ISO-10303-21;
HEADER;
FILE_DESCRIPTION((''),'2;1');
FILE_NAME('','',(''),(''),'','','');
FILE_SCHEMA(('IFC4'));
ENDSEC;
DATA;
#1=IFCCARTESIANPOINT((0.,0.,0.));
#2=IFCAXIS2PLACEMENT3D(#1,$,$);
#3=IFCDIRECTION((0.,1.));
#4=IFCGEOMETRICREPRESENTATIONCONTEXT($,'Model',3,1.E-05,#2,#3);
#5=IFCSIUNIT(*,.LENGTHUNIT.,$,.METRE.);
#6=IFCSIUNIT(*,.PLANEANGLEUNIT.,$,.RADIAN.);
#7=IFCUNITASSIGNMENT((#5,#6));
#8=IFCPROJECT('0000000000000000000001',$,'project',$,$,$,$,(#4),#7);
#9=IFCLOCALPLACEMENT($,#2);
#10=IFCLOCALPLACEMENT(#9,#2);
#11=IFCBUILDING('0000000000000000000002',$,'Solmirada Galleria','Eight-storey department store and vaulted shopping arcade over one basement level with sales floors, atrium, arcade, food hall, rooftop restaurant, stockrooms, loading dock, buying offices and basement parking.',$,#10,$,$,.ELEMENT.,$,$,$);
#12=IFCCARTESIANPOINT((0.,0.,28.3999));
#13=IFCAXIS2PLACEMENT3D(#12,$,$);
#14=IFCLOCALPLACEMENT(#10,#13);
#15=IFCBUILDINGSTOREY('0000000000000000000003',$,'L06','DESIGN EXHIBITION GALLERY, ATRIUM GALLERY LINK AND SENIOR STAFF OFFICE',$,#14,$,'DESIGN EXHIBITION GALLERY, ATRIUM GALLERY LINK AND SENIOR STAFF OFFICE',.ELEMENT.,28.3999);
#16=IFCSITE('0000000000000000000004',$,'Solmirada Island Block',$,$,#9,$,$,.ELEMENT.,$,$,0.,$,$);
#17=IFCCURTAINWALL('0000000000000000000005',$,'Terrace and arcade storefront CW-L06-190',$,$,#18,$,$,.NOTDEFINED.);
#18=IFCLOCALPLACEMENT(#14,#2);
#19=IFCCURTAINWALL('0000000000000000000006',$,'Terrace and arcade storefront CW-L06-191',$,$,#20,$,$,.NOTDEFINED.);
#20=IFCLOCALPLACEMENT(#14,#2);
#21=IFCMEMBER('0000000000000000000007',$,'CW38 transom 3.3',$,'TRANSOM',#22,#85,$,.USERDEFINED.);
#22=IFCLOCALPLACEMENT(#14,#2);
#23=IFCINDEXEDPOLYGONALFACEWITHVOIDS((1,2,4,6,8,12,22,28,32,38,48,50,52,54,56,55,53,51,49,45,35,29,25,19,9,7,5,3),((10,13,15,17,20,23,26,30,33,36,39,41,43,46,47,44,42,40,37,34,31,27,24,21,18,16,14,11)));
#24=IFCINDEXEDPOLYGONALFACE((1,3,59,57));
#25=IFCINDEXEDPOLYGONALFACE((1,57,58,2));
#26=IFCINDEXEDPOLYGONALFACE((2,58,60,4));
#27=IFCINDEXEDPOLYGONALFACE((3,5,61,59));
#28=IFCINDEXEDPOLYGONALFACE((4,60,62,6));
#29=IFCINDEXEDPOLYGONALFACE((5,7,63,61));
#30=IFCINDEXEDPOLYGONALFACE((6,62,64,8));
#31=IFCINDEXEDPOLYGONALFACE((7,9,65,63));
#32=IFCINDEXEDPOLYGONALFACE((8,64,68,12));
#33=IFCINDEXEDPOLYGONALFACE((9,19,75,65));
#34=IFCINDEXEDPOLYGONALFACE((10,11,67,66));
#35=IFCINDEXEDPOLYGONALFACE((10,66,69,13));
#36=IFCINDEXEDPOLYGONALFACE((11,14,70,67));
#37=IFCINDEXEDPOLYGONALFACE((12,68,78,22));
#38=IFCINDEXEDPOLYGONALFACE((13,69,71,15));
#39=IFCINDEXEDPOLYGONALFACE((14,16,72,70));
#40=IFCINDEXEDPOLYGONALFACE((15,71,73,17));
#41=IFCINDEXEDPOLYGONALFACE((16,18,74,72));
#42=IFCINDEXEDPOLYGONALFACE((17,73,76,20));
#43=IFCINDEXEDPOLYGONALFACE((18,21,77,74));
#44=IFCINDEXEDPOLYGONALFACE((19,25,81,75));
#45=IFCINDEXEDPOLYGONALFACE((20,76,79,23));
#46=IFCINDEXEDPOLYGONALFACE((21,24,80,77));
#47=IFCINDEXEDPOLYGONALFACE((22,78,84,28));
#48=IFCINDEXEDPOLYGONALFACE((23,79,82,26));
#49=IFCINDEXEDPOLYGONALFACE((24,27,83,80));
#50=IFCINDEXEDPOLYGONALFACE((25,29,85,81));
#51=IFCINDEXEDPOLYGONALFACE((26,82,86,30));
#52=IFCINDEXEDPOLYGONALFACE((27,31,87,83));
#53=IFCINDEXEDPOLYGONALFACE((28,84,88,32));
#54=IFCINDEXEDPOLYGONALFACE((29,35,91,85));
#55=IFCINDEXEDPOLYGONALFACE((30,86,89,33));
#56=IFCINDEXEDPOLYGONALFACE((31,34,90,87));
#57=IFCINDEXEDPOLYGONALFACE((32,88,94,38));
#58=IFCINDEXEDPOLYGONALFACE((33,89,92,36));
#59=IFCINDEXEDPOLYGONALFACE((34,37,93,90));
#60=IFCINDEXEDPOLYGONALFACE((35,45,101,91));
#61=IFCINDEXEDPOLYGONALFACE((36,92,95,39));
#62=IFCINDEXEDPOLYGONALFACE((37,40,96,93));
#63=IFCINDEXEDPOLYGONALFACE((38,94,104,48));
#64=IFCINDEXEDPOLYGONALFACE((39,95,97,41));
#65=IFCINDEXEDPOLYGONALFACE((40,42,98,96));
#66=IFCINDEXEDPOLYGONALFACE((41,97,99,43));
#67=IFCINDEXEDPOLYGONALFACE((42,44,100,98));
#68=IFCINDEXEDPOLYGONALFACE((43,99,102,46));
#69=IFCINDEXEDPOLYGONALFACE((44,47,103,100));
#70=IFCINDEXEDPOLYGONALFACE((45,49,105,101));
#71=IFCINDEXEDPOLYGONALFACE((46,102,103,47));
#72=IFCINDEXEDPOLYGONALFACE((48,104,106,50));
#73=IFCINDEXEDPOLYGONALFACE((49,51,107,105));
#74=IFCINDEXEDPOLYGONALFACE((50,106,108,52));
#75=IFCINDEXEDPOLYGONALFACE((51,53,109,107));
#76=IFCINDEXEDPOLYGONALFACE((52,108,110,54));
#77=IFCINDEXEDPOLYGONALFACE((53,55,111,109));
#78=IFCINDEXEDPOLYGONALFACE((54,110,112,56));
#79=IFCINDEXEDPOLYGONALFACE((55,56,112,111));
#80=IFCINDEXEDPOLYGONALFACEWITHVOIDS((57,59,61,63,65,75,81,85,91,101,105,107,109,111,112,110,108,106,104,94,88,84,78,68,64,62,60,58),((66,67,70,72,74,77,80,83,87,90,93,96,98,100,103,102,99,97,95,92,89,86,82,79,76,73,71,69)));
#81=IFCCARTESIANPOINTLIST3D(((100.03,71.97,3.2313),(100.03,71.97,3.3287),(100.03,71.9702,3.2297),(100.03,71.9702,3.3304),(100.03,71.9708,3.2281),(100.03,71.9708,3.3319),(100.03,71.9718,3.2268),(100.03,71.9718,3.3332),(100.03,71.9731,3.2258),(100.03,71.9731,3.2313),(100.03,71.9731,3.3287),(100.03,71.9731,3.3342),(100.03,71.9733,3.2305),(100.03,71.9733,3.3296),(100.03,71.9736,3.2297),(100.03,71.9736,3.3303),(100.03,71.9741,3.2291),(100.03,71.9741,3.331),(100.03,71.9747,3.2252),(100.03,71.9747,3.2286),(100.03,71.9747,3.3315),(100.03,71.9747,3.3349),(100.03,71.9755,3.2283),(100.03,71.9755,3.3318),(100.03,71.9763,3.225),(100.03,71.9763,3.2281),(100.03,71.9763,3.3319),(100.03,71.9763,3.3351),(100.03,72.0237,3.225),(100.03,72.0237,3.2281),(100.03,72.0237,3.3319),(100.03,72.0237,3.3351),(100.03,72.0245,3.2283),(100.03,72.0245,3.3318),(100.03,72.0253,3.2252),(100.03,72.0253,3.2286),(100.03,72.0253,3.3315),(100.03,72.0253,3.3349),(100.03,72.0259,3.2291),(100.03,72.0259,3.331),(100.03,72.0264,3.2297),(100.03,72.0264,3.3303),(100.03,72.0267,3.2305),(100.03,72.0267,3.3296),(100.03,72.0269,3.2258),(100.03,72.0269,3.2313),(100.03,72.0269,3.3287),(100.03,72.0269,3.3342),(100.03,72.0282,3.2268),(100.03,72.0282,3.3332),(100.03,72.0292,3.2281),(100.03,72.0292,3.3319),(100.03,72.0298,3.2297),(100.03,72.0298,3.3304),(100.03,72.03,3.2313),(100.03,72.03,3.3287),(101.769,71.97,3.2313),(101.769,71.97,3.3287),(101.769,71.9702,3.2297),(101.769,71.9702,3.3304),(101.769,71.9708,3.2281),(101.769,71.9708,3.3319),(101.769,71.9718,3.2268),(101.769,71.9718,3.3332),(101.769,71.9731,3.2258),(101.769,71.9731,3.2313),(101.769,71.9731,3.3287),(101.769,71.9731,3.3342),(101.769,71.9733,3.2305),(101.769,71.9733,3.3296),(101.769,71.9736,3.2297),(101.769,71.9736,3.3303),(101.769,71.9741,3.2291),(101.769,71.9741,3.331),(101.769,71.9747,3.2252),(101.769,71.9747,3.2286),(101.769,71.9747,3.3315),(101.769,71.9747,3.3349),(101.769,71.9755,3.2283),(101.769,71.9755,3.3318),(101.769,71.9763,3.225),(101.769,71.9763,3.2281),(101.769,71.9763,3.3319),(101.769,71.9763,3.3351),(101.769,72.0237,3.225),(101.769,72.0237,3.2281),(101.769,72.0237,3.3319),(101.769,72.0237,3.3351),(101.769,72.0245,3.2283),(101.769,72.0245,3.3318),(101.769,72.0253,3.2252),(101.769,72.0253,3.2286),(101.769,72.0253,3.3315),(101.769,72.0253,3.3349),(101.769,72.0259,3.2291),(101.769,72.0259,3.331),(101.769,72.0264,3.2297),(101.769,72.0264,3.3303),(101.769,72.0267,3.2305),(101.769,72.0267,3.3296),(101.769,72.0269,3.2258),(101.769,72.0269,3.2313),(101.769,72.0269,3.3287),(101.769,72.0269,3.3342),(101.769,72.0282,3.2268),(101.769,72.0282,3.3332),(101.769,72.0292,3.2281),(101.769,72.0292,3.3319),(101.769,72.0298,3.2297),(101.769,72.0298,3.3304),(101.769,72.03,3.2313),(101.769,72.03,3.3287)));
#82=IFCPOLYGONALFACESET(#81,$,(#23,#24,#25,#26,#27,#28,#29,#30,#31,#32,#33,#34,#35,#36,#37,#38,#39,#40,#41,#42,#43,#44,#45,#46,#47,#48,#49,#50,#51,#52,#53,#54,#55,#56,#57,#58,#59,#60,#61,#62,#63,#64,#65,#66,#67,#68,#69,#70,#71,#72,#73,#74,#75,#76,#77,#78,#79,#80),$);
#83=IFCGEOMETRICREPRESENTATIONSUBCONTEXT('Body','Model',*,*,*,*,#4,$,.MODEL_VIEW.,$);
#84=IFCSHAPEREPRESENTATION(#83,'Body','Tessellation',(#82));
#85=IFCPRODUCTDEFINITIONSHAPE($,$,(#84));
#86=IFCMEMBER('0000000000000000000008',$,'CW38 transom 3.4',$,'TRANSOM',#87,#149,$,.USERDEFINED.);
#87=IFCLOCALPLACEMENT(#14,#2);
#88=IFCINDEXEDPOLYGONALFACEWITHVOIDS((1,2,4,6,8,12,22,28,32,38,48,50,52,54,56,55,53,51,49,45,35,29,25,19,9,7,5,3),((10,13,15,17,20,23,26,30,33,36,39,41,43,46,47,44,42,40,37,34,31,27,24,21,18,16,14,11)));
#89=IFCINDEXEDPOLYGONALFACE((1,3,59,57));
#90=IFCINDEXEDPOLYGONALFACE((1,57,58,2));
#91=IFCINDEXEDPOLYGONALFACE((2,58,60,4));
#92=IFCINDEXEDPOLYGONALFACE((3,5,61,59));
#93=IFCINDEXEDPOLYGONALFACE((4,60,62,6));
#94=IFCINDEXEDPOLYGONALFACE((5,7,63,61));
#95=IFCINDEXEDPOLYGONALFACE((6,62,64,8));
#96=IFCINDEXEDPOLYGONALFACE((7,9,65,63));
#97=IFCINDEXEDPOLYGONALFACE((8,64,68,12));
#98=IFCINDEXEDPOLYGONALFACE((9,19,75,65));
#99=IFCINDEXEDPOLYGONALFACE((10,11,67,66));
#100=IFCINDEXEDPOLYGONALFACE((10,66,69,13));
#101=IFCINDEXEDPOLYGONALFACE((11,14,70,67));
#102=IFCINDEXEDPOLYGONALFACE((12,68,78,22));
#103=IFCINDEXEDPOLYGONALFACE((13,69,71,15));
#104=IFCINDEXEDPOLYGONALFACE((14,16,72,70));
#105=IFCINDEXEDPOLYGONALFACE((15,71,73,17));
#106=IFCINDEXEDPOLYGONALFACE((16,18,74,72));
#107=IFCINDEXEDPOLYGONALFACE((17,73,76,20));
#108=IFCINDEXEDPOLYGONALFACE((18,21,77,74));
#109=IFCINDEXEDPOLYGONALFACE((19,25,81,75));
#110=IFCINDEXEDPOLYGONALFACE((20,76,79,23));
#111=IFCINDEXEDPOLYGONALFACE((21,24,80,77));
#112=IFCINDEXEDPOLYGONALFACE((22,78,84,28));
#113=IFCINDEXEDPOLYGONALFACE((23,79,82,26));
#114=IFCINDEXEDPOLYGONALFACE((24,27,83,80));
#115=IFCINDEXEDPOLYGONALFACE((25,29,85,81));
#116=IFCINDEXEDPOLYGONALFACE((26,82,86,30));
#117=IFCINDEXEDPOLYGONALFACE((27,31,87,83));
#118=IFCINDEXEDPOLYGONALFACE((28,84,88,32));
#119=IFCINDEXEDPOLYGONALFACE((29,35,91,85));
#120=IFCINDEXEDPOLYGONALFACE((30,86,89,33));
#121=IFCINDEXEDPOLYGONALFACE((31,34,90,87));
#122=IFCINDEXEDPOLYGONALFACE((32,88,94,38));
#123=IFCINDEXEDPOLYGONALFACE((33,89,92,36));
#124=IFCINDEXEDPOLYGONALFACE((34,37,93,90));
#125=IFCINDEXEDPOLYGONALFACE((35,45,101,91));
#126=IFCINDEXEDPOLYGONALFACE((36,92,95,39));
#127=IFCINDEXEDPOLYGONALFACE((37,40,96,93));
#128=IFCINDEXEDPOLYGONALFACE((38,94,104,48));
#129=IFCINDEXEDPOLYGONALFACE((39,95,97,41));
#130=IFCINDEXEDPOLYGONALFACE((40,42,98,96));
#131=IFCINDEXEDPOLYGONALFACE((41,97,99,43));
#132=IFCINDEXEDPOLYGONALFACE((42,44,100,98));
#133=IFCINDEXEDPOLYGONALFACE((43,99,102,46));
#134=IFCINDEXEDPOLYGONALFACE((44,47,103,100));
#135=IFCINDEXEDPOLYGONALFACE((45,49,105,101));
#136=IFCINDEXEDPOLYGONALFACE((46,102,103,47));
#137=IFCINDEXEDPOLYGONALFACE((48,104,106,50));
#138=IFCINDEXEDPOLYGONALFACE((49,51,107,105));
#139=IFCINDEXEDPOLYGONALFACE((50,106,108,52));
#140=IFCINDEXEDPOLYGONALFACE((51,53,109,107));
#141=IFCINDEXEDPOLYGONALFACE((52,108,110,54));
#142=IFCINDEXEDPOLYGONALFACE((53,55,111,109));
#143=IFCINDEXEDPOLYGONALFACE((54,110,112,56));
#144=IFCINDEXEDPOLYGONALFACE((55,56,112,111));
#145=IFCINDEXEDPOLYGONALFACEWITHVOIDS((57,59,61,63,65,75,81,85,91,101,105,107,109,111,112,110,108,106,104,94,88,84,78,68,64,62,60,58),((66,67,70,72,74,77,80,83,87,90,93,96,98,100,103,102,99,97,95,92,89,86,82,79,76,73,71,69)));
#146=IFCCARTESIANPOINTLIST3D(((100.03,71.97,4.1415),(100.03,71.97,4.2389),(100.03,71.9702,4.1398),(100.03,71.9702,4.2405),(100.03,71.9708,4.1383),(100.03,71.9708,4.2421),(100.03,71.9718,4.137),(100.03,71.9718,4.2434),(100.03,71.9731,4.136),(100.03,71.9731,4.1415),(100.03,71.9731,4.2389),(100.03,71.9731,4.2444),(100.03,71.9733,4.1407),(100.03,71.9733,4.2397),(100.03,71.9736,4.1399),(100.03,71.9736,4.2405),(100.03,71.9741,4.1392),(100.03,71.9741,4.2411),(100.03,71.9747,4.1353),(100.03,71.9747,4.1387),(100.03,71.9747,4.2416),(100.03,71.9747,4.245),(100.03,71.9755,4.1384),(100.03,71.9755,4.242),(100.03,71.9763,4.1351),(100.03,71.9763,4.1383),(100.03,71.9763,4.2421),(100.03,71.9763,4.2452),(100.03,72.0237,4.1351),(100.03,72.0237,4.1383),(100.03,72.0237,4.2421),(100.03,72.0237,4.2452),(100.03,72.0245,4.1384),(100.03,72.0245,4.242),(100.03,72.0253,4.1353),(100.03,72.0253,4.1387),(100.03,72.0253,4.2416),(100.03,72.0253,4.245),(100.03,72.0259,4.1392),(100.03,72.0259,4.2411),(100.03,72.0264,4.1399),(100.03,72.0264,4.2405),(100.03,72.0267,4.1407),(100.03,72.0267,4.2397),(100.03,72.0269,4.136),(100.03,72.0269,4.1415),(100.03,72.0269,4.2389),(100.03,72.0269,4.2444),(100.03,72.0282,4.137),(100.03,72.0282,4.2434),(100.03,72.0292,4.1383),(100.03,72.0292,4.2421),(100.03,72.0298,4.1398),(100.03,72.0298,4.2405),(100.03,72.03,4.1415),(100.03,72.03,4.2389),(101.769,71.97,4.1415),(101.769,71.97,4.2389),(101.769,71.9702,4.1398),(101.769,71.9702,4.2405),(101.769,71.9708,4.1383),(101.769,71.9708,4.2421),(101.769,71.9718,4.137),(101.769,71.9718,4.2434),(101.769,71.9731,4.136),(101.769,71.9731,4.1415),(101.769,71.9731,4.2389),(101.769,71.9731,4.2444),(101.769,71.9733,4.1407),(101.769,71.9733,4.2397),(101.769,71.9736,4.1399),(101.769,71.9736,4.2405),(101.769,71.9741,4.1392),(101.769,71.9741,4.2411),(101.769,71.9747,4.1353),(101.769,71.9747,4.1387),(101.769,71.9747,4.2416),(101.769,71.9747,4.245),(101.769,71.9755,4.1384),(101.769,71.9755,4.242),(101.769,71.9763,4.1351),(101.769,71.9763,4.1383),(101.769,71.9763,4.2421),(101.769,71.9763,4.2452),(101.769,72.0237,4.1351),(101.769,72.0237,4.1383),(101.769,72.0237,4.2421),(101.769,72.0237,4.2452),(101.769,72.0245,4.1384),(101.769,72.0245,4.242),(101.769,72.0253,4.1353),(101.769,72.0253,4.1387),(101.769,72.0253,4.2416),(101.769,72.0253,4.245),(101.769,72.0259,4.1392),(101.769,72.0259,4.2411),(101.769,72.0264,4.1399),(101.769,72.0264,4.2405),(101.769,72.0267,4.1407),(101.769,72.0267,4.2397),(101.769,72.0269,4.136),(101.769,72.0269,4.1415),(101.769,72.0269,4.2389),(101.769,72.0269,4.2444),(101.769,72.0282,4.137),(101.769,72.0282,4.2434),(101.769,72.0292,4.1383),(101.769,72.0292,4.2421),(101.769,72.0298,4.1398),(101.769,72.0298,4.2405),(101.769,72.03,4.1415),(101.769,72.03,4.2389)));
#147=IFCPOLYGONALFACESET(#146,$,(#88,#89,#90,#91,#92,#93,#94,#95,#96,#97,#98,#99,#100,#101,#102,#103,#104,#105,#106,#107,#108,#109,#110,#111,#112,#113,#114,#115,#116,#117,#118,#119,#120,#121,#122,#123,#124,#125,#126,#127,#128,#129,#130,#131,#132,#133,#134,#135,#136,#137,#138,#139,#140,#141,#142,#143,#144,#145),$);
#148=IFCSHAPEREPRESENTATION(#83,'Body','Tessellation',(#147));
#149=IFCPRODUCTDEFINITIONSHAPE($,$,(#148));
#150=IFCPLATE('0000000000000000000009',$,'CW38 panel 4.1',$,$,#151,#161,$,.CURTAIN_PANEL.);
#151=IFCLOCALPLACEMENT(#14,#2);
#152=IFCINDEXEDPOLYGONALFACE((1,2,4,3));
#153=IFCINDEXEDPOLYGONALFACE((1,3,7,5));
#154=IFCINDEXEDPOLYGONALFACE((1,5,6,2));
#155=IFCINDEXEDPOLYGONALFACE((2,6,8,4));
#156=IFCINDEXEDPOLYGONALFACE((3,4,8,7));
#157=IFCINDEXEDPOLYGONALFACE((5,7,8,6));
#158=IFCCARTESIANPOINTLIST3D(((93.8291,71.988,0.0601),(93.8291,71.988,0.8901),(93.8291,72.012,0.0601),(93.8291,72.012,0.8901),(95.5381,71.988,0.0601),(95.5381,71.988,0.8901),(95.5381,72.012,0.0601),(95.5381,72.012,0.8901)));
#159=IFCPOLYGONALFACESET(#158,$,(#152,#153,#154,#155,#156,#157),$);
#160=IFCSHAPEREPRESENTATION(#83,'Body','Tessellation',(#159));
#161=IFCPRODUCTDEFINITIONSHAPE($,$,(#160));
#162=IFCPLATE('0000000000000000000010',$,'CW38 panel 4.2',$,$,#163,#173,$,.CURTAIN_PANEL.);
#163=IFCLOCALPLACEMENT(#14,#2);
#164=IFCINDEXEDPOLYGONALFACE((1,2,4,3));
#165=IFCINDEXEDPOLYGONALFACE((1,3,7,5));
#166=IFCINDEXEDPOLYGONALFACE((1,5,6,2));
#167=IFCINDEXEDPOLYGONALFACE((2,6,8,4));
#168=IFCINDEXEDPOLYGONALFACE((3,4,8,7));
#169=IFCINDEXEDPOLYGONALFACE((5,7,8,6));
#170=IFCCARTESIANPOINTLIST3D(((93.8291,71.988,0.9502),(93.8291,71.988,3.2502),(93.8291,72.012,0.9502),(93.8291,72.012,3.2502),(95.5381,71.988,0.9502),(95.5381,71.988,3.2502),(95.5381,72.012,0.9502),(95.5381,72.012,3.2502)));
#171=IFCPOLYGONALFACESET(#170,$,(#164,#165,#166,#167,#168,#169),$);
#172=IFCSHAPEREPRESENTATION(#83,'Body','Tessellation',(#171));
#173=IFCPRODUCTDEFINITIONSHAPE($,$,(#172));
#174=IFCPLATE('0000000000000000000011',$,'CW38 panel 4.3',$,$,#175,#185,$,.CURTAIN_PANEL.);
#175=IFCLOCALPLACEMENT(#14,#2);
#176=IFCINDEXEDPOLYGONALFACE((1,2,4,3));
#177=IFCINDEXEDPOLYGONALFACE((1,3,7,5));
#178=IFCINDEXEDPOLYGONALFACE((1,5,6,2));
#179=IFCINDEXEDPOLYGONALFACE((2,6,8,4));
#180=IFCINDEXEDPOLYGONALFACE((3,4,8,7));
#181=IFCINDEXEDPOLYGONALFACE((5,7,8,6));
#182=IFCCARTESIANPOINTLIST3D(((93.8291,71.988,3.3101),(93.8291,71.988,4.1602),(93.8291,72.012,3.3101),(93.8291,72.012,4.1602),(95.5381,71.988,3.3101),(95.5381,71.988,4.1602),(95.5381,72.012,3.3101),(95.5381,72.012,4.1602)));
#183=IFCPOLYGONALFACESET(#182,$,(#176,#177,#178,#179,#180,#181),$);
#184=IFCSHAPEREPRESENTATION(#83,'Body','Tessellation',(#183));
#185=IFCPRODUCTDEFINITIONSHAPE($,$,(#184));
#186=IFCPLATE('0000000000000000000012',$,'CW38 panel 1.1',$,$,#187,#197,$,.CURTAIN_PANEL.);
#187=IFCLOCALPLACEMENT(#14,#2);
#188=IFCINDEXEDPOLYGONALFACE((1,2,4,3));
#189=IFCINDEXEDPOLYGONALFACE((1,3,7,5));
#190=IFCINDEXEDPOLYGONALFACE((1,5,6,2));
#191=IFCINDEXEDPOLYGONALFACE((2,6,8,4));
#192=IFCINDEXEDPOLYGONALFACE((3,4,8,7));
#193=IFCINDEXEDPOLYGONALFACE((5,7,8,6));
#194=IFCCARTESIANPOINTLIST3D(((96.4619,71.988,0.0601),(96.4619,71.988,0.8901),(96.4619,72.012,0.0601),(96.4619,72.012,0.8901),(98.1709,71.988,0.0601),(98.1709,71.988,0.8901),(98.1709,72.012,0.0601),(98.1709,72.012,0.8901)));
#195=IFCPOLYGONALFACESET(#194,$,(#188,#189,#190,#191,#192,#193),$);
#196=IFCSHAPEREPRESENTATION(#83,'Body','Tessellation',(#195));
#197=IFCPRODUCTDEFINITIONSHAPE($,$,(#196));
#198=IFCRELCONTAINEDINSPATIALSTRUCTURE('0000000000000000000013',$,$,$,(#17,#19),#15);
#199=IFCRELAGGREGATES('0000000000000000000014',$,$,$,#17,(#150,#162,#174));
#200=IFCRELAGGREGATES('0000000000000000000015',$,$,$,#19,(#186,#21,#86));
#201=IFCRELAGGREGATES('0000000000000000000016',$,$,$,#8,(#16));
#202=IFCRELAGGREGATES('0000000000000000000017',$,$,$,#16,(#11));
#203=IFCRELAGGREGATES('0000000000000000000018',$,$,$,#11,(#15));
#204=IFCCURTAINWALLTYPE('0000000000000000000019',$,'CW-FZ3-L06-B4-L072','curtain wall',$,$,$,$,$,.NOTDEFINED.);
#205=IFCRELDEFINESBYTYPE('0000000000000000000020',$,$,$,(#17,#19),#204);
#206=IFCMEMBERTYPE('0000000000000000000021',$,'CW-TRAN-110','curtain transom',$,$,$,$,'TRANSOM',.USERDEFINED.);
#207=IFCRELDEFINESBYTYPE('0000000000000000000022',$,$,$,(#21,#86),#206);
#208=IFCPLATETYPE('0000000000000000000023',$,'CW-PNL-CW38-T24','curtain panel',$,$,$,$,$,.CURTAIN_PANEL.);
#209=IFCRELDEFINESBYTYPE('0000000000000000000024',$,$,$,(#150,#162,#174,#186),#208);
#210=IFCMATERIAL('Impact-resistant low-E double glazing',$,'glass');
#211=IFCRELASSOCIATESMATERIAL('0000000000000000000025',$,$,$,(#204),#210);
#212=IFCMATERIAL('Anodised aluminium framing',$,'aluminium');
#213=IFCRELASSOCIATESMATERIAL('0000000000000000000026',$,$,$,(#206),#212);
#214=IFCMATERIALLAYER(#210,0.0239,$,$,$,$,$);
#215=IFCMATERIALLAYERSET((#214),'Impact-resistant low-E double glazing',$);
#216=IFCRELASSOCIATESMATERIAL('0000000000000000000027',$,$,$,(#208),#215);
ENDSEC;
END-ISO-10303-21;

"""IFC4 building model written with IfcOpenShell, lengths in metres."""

from ifc_helpers import new_model, si_unit, direction, frame, origin, origin_2d, place, context, subcontext, project, spatial, rectangle, hollow_rectangle, extrude, material, layer, layer_set, material_profile, profile_set, type_object, element, aggregate, save


model = new_model("IFC4")

# Units and contexts
model_context = context("Model", 3, precision=1e-05, world=origin(), true_north=direction((0.0, 1.0)))
body_context = subcontext(model_context, "Body", "Model", "MODEL_VIEW")
ifc_project = project(units=[si_unit("LENGTHUNIT", "METRE"), si_unit("PLANEANGLEUNIT", "RADIAN")], contexts=[model_context])

# Site, building, storey
site_placement = place(None, origin())
site = spatial("IfcSite", under=ifc_project, at=site_placement, Name="Solmirada Island Block", CompositionType="ELEMENT", RefElevation=0.0)
building_placement = place(site_placement, origin())
building = spatial("IfcBuilding", under=site, at=building_placement, Name="Solmirada Galleria", Description="Eight-storey department store and vaulted shopping arcade over one basement level with sales floors, atrium, arcade, food hall, rooftop restaurant, stockrooms, loading dock, buying offices and basement parking.", CompositionType="ELEMENT")
storey_placement = place(building_placement, frame((0.0, 0.0, 28.3999)))
storey = spatial("IfcBuildingStorey", under=building, at=storey_placement, Name="L06", Description="DESIGN EXHIBITION GALLERY, ATRIUM GALLERY LINK AND SENIOR STAFF OFFICE", LongName="DESIGN EXHIBITION GALLERY, ATRIUM GALLERY LINK AND SENIOR STAFF OFFICE", CompositionType="ELEMENT", Elevation=28.3999)

# Curtain wall
ifc_material_1 = material(Name="Impact-resistant low-E double glazing", Category="glass")
curtain_wall_type = type_object("IfcCurtainWallType", Name="CW-FZ3-L06-B4-L072", Description="curtain wall", PredefinedType="NOTDEFINED", material=ifc_material_1)
curtain_wall_1_placement = place(storey_placement, origin())
curtain_wall_1 = element("IfcCurtainWall", 1, at=curtain_wall_1_placement, inside=storey, type_object=curtain_wall_type, Name="Terrace and arcade storefront CW-L06-190", PredefinedType="NOTDEFINED")
ifc_material_2 = material(Name="Anodised aluminium framing", Category="aluminium")

# Curtain wall
curtain_wall_2_placement = place(storey_placement, origin())
curtain_wall_2 = element("IfcCurtainWall", 2, at=curtain_wall_2_placement, inside=storey, type_object=curtain_wall_type, Name="Terrace and arcade storefront CW-L06-191", PredefinedType="NOTDEFINED")

# Members
ifc_material_profile_1 = material_profile(ifc_material_2, hollow_rectangle(XDim=0.0601, YDim=0.1101, WallThickness=0.0032, InnerFilletRadius=0.0032, OuterFilletRadius=0.0063, at=origin_2d()), Name="ALU-TRAN-110X60")
ifc_profile_set_1 = profile_set([ifc_material_profile_1], Name="Anodised aluminium framing")
member_type_1 = type_object("IfcMemberType", Name="CW-TRAN-110", Description="curtain transom", ElementType="TRANSOM", PredefinedType="USERDEFINED", material=ifc_profile_set_1)
member_1_placement = place(storey_placement, frame((100.03, 72.0, 3.28), z_axis=(1.0, 0.0, 0.0), x_axis=(0.0, 1.0, 0.0)))
member_1 = element("IfcMember", 3, at=member_1_placement, type_object=member_type_1, Name="CW38 transom 3.3", ObjectType="TRANSOM", PredefinedType="USERDEFINED", context=body_context, shape_type="SweptSolid", body=[
    extrude(hollow_rectangle(XDim=0.0601, YDim=0.1101, WallThickness=0.0032, InnerFilletRadius=0.0032, OuterFilletRadius=0.0063, at=origin_2d()), origin(), (0.0, 0.0, 1.0), 1.739),
])
member_2_placement = place(storey_placement, frame((100.03, 72.0, 4.1902), z_axis=(1.0, 0.0, 0.0), x_axis=(0.0, 1.0, 0.0)))
member_2 = element("IfcMember", 4, at=member_2_placement, type_object=member_type_1, Name="CW38 transom 3.4", ObjectType="TRANSOM", PredefinedType="USERDEFINED", context=body_context, shape_type="SweptSolid", body=[
    extrude(hollow_rectangle(XDim=0.0601, YDim=0.1101, WallThickness=0.0032, InnerFilletRadius=0.0032, OuterFilletRadius=0.0063, at=origin_2d()), origin(), (0.0, 0.0, 1.0), 1.739),
])

# Plates
ifc_layer = layer(ifc_material_1, 0.0239)
ifc_layer_set = layer_set([ifc_layer], Name="Impact-resistant low-E double glazing")
plate_type = type_object("IfcPlateType", Name="CW-PNL-CW38-T24", Description="curtain panel", PredefinedType="CURTAIN_PANEL", material=ifc_layer_set)
plate_1_placement = place(storey_placement, frame((94.6836, 72.0, 0.0601), z_axis=(0.0, 0.0, 1.0), x_axis=(1.0, 0.0, 0.0)))
plate_1 = element("IfcPlate", 5, at=plate_1_placement, type_object=plate_type, Name="CW38 panel 4.1", PredefinedType="CURTAIN_PANEL", context=body_context, shape_type="SweptSolid", body=[
    extrude(rectangle(XDim=1.709, YDim=0.0239, at=origin_2d()), origin(), (0.0, 0.0, 1.0), 0.8301),
])
plate_2_placement = place(storey_placement, frame((94.6836, 72.0, 0.9502), z_axis=(0.0, 0.0, 1.0), x_axis=(1.0, 0.0, 0.0)))
plate_2 = element("IfcPlate", 6, at=plate_2_placement, type_object=plate_type, Name="CW38 panel 4.2", PredefinedType="CURTAIN_PANEL", context=body_context, shape_type="SweptSolid", body=[
    extrude(rectangle(XDim=1.709, YDim=0.0239, at=origin_2d()), origin(), (0.0, 0.0, 1.0), 2.3),
])
plate_3_placement = place(storey_placement, frame((94.6836, 72.0, 3.3101), z_axis=(0.0, 0.0, 1.0), x_axis=(1.0, 0.0, 0.0)))
plate_3 = element("IfcPlate", 7, at=plate_3_placement, type_object=plate_type, Name="CW38 panel 4.3", PredefinedType="CURTAIN_PANEL", context=body_context, shape_type="SweptSolid", body=[
    extrude(rectangle(XDim=1.709, YDim=0.0239, at=origin_2d()), origin(), (0.0, 0.0, 1.0), 0.8501),
])
aggregate(curtain_wall_1, [plate_1, plate_2, plate_3])
plate_4_placement = place(storey_placement, frame((97.3164, 72.0, 0.0601), z_axis=(0.0, 0.0, 1.0), x_axis=(1.0, 0.0, 0.0)))
plate_4 = element("IfcPlate", 8, at=plate_4_placement, type_object=plate_type, Name="CW38 panel 1.1", PredefinedType="CURTAIN_PANEL", context=body_context, shape_type="SweptSolid", body=[
    extrude(rectangle(XDim=1.709, YDim=0.0239, at=origin_2d()), origin(), (0.0, 0.0, 1.0), 0.8301),
])
aggregate(curtain_wall_2, [plate_4, member_1, member_2])

save(model, "model.ifc")
